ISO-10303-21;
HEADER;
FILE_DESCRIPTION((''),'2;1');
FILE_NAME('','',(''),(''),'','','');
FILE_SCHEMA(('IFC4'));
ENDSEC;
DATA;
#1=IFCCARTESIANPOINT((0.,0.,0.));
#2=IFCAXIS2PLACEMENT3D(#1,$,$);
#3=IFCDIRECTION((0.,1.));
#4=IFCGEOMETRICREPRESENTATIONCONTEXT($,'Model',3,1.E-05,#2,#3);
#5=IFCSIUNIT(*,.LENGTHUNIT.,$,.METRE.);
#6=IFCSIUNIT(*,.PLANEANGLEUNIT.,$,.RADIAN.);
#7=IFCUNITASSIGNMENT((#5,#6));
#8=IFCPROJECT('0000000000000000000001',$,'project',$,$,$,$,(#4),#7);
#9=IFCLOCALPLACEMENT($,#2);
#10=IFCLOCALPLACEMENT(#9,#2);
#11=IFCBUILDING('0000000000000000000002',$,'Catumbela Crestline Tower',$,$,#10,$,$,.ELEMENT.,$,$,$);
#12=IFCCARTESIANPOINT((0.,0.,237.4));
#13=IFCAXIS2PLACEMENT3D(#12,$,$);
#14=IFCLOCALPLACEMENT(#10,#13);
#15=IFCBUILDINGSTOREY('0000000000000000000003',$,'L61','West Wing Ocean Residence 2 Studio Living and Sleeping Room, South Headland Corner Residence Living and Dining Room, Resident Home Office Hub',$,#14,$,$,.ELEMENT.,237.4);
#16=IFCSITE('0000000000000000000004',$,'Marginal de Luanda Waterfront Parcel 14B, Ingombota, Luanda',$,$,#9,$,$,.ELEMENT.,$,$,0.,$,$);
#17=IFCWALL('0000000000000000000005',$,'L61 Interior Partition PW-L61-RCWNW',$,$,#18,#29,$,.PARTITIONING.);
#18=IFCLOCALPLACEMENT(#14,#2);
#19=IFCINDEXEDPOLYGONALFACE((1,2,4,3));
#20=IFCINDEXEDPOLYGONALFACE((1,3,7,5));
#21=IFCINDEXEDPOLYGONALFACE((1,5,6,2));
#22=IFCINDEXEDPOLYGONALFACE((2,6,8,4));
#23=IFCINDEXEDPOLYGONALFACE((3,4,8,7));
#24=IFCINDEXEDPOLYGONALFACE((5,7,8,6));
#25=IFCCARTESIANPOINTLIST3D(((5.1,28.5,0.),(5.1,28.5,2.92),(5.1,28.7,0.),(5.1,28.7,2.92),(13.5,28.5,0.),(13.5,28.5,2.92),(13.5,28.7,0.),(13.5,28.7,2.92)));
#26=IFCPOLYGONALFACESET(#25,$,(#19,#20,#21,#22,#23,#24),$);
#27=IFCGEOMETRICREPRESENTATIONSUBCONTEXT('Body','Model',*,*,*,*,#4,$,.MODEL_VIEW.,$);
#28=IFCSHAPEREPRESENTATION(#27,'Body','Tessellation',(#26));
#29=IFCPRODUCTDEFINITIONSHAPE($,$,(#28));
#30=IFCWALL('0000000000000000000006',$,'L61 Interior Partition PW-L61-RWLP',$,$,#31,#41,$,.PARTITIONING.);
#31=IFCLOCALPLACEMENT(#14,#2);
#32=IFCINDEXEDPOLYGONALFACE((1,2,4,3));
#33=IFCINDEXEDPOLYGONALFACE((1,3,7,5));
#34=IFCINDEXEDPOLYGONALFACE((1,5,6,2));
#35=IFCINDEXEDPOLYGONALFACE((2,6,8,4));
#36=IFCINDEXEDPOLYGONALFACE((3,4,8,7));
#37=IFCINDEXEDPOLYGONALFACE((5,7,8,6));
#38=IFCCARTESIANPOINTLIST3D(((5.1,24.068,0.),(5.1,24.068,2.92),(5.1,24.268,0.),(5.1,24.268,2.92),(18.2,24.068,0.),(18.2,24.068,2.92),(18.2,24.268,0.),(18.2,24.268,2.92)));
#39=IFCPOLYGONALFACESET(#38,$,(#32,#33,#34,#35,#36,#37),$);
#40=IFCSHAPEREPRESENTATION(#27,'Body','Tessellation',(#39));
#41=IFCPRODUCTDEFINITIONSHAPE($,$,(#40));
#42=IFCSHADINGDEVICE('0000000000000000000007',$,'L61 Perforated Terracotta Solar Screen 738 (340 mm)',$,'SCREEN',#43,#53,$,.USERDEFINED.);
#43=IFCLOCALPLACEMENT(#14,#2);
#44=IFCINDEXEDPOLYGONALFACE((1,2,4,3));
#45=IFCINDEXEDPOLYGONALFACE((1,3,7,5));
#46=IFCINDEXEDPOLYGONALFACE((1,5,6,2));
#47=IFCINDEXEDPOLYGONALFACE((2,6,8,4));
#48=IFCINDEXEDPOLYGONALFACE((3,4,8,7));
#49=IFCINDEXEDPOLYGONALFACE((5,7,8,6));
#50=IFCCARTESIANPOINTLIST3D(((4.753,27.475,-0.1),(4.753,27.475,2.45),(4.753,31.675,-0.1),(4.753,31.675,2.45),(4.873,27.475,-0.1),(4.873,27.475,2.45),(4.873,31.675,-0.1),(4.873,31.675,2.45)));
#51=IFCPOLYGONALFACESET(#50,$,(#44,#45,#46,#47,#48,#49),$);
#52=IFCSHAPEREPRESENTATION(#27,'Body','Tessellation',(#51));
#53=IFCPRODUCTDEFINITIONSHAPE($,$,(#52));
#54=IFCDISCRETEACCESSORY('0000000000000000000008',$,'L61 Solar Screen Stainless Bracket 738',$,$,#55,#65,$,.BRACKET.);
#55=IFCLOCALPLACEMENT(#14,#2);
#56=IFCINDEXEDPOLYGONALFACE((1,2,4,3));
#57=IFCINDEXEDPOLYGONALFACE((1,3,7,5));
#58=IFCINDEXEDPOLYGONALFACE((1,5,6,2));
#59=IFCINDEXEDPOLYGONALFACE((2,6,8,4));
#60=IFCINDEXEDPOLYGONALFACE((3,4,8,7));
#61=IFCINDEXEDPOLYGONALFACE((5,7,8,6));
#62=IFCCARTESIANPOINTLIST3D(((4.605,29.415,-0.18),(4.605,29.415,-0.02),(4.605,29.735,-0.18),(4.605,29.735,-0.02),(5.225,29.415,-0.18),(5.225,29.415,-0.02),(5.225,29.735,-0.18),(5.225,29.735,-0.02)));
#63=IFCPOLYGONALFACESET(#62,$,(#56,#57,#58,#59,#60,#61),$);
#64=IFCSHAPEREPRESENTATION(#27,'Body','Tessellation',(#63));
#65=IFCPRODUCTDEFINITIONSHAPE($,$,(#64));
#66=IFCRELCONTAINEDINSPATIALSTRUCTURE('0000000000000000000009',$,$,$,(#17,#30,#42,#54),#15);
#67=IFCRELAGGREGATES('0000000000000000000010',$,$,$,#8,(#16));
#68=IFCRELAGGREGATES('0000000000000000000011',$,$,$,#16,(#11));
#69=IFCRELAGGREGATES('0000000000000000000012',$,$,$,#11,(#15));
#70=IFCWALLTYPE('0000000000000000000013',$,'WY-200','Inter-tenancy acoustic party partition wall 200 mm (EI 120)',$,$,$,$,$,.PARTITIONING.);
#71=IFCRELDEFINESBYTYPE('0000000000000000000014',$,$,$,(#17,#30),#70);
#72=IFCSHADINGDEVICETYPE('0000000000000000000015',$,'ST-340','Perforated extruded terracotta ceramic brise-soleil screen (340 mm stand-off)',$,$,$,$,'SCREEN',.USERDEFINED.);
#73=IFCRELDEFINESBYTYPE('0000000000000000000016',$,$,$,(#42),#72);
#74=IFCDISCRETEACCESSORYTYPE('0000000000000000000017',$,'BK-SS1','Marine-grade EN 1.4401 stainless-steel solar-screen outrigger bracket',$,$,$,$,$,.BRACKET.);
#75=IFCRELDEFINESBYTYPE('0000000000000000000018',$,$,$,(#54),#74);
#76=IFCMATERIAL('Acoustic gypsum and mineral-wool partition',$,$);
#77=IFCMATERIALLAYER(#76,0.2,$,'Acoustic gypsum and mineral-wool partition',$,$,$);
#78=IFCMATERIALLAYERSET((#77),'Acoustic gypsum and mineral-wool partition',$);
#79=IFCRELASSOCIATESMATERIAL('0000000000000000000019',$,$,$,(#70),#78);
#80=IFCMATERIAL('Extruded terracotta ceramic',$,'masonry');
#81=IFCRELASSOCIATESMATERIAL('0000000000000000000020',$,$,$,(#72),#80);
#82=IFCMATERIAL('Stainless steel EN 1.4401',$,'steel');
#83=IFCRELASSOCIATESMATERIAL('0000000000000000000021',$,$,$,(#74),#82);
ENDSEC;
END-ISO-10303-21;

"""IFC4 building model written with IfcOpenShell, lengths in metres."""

from ifc_helpers import new_model, si_unit, direction, frame, frame_2d, origin, origin_2d, place, context, subcontext, project, spatial, rectangle, extrude, material, layer, layer_set, type_object, element, save


model = new_model("IFC4")

# Units and contexts
model_context = context("Model", 3, precision=1e-05, world=origin(), true_north=direction((0.0, 1.0)))
body_context = subcontext(model_context, "Body", "Model", "MODEL_VIEW")
ifc_project = project(units=[si_unit("LENGTHUNIT", "METRE"), si_unit("PLANEANGLEUNIT", "RADIAN")], contexts=[model_context])

# Site, building, storey
site_placement = place(None, origin())
site = spatial("IfcSite", under=ifc_project, at=site_placement, Name="Marginal de Luanda Waterfront Parcel 14B, Ingombota, Luanda", CompositionType="ELEMENT", RefElevation=0.0)
building_placement = place(site_placement, origin())
building = spatial("IfcBuilding", under=site, at=building_placement, Name="Catumbela Crestline Tower", CompositionType="ELEMENT")
storey_placement = place(building_placement, frame((0.0, 0.0, 237.4)))
storey = spatial("IfcBuildingStorey", under=building, at=storey_placement, Name="L61", Description="West Wing Ocean Residence 2 Studio Living and Sleeping Room, South Headland Corner Residence Living and Dining Room, Resident Home Office Hub", CompositionType="ELEMENT", Elevation=237.4)

# Walls
ifc_material_1 = material(Name="Acoustic gypsum and mineral-wool partition")
ifc_layer_1 = layer(ifc_material_1, 0.2, Name="Acoustic gypsum and mineral-wool partition")
ifc_layer_set_1 = layer_set([ifc_layer_1], Name="Acoustic gypsum and mineral-wool partition")
wall_type = type_object("IfcWallType", Name="WY-200", Description="Inter-tenancy acoustic party partition wall 200 mm (EI 120)", PredefinedType="PARTITIONING", material=ifc_layer_set_1)
wall_1_placement = place(storey_placement, frame((5.1, 28.6, 0.0), z_axis=(0.0, 0.0, 1.0), x_axis=(1.0, 0.0, 0.0)))
element("IfcWall", 1, at=wall_1_placement, inside=storey, type_object=wall_type, Name="L61 Interior Partition PW-L61-RCWNW", PredefinedType="PARTITIONING", context=body_context, shape_type="SweptSolid", body=[
    extrude(rectangle(XDim=8.4, YDim=0.2, at=frame_2d((4.2, 0.0))), origin(), (0.0, 0.0, 1.0), 2.92),
])
wall_2_placement = place(storey_placement, frame((5.1, 24.168, 0.0), z_axis=(0.0, 0.0, 1.0), x_axis=(1.0, 0.0, 0.0)))
element("IfcWall", 2, at=wall_2_placement, inside=storey, type_object=wall_type, Name="L61 Interior Partition PW-L61-RWLP", PredefinedType="PARTITIONING", context=body_context, shape_type="SweptSolid", body=[
    extrude(rectangle(XDim=13.1, YDim=0.2, at=frame_2d((6.55, 0.0))), origin(), (0.0, 0.0, 1.0), 2.92),
])

# Shading device
ifc_material_2 = material(Name="Extruded terracotta ceramic", Category="masonry")
shading_device_type = type_object("IfcShadingDeviceType", Name="ST-340", Description="Perforated extruded terracotta ceramic brise-soleil screen (340 mm stand-off)", ElementType="SCREEN", PredefinedType="USERDEFINED", material=ifc_material_2)
shading_device_placement = place(storey_placement, frame((4.813, 29.575, -0.1), z_axis=(0.0, 0.0, 1.0), x_axis=(0.0, -1.0, 0.0)))
element("IfcShadingDevice", 3, at=shading_device_placement, inside=storey, type_object=shading_device_type, Name="L61 Perforated Terracotta Solar Screen 738 (340 mm)", ObjectType="SCREEN", PredefinedType="USERDEFINED", context=body_context, shape_type="SweptSolid", body=[
    extrude(rectangle(XDim=4.2, YDim=0.12, at=origin_2d()), origin(), (0.0, 0.0, 1.0), 2.55),
])

# Discrete accessory
ifc_material_3 = material(Name="Stainless steel EN 1.4401", Category="steel")
discrete_accessory_type = type_object("IfcDiscreteAccessoryType", Name="BK-SS1", Description="Marine-grade EN 1.4401 stainless-steel solar-screen outrigger bracket", PredefinedType="BRACKET", material=ifc_material_3)
discrete_accessory_placement = place(storey_placement, frame((4.915, 29.575, -0.18), z_axis=(0.0, 0.0, 1.0), x_axis=(0.0, -1.0, 0.0)))
element("IfcDiscreteAccessory", 4, at=discrete_accessory_placement, inside=storey, type_object=discrete_accessory_type, Name="L61 Solar Screen Stainless Bracket 738", PredefinedType="BRACKET", context=body_context, shape_type="SweptSolid", body=[
    extrude(rectangle(XDim=0.32, YDim=0.62, at=origin_2d()), origin(), (0.0, 0.0, 1.0), 0.16),
])

save(model, "model.ifc")
